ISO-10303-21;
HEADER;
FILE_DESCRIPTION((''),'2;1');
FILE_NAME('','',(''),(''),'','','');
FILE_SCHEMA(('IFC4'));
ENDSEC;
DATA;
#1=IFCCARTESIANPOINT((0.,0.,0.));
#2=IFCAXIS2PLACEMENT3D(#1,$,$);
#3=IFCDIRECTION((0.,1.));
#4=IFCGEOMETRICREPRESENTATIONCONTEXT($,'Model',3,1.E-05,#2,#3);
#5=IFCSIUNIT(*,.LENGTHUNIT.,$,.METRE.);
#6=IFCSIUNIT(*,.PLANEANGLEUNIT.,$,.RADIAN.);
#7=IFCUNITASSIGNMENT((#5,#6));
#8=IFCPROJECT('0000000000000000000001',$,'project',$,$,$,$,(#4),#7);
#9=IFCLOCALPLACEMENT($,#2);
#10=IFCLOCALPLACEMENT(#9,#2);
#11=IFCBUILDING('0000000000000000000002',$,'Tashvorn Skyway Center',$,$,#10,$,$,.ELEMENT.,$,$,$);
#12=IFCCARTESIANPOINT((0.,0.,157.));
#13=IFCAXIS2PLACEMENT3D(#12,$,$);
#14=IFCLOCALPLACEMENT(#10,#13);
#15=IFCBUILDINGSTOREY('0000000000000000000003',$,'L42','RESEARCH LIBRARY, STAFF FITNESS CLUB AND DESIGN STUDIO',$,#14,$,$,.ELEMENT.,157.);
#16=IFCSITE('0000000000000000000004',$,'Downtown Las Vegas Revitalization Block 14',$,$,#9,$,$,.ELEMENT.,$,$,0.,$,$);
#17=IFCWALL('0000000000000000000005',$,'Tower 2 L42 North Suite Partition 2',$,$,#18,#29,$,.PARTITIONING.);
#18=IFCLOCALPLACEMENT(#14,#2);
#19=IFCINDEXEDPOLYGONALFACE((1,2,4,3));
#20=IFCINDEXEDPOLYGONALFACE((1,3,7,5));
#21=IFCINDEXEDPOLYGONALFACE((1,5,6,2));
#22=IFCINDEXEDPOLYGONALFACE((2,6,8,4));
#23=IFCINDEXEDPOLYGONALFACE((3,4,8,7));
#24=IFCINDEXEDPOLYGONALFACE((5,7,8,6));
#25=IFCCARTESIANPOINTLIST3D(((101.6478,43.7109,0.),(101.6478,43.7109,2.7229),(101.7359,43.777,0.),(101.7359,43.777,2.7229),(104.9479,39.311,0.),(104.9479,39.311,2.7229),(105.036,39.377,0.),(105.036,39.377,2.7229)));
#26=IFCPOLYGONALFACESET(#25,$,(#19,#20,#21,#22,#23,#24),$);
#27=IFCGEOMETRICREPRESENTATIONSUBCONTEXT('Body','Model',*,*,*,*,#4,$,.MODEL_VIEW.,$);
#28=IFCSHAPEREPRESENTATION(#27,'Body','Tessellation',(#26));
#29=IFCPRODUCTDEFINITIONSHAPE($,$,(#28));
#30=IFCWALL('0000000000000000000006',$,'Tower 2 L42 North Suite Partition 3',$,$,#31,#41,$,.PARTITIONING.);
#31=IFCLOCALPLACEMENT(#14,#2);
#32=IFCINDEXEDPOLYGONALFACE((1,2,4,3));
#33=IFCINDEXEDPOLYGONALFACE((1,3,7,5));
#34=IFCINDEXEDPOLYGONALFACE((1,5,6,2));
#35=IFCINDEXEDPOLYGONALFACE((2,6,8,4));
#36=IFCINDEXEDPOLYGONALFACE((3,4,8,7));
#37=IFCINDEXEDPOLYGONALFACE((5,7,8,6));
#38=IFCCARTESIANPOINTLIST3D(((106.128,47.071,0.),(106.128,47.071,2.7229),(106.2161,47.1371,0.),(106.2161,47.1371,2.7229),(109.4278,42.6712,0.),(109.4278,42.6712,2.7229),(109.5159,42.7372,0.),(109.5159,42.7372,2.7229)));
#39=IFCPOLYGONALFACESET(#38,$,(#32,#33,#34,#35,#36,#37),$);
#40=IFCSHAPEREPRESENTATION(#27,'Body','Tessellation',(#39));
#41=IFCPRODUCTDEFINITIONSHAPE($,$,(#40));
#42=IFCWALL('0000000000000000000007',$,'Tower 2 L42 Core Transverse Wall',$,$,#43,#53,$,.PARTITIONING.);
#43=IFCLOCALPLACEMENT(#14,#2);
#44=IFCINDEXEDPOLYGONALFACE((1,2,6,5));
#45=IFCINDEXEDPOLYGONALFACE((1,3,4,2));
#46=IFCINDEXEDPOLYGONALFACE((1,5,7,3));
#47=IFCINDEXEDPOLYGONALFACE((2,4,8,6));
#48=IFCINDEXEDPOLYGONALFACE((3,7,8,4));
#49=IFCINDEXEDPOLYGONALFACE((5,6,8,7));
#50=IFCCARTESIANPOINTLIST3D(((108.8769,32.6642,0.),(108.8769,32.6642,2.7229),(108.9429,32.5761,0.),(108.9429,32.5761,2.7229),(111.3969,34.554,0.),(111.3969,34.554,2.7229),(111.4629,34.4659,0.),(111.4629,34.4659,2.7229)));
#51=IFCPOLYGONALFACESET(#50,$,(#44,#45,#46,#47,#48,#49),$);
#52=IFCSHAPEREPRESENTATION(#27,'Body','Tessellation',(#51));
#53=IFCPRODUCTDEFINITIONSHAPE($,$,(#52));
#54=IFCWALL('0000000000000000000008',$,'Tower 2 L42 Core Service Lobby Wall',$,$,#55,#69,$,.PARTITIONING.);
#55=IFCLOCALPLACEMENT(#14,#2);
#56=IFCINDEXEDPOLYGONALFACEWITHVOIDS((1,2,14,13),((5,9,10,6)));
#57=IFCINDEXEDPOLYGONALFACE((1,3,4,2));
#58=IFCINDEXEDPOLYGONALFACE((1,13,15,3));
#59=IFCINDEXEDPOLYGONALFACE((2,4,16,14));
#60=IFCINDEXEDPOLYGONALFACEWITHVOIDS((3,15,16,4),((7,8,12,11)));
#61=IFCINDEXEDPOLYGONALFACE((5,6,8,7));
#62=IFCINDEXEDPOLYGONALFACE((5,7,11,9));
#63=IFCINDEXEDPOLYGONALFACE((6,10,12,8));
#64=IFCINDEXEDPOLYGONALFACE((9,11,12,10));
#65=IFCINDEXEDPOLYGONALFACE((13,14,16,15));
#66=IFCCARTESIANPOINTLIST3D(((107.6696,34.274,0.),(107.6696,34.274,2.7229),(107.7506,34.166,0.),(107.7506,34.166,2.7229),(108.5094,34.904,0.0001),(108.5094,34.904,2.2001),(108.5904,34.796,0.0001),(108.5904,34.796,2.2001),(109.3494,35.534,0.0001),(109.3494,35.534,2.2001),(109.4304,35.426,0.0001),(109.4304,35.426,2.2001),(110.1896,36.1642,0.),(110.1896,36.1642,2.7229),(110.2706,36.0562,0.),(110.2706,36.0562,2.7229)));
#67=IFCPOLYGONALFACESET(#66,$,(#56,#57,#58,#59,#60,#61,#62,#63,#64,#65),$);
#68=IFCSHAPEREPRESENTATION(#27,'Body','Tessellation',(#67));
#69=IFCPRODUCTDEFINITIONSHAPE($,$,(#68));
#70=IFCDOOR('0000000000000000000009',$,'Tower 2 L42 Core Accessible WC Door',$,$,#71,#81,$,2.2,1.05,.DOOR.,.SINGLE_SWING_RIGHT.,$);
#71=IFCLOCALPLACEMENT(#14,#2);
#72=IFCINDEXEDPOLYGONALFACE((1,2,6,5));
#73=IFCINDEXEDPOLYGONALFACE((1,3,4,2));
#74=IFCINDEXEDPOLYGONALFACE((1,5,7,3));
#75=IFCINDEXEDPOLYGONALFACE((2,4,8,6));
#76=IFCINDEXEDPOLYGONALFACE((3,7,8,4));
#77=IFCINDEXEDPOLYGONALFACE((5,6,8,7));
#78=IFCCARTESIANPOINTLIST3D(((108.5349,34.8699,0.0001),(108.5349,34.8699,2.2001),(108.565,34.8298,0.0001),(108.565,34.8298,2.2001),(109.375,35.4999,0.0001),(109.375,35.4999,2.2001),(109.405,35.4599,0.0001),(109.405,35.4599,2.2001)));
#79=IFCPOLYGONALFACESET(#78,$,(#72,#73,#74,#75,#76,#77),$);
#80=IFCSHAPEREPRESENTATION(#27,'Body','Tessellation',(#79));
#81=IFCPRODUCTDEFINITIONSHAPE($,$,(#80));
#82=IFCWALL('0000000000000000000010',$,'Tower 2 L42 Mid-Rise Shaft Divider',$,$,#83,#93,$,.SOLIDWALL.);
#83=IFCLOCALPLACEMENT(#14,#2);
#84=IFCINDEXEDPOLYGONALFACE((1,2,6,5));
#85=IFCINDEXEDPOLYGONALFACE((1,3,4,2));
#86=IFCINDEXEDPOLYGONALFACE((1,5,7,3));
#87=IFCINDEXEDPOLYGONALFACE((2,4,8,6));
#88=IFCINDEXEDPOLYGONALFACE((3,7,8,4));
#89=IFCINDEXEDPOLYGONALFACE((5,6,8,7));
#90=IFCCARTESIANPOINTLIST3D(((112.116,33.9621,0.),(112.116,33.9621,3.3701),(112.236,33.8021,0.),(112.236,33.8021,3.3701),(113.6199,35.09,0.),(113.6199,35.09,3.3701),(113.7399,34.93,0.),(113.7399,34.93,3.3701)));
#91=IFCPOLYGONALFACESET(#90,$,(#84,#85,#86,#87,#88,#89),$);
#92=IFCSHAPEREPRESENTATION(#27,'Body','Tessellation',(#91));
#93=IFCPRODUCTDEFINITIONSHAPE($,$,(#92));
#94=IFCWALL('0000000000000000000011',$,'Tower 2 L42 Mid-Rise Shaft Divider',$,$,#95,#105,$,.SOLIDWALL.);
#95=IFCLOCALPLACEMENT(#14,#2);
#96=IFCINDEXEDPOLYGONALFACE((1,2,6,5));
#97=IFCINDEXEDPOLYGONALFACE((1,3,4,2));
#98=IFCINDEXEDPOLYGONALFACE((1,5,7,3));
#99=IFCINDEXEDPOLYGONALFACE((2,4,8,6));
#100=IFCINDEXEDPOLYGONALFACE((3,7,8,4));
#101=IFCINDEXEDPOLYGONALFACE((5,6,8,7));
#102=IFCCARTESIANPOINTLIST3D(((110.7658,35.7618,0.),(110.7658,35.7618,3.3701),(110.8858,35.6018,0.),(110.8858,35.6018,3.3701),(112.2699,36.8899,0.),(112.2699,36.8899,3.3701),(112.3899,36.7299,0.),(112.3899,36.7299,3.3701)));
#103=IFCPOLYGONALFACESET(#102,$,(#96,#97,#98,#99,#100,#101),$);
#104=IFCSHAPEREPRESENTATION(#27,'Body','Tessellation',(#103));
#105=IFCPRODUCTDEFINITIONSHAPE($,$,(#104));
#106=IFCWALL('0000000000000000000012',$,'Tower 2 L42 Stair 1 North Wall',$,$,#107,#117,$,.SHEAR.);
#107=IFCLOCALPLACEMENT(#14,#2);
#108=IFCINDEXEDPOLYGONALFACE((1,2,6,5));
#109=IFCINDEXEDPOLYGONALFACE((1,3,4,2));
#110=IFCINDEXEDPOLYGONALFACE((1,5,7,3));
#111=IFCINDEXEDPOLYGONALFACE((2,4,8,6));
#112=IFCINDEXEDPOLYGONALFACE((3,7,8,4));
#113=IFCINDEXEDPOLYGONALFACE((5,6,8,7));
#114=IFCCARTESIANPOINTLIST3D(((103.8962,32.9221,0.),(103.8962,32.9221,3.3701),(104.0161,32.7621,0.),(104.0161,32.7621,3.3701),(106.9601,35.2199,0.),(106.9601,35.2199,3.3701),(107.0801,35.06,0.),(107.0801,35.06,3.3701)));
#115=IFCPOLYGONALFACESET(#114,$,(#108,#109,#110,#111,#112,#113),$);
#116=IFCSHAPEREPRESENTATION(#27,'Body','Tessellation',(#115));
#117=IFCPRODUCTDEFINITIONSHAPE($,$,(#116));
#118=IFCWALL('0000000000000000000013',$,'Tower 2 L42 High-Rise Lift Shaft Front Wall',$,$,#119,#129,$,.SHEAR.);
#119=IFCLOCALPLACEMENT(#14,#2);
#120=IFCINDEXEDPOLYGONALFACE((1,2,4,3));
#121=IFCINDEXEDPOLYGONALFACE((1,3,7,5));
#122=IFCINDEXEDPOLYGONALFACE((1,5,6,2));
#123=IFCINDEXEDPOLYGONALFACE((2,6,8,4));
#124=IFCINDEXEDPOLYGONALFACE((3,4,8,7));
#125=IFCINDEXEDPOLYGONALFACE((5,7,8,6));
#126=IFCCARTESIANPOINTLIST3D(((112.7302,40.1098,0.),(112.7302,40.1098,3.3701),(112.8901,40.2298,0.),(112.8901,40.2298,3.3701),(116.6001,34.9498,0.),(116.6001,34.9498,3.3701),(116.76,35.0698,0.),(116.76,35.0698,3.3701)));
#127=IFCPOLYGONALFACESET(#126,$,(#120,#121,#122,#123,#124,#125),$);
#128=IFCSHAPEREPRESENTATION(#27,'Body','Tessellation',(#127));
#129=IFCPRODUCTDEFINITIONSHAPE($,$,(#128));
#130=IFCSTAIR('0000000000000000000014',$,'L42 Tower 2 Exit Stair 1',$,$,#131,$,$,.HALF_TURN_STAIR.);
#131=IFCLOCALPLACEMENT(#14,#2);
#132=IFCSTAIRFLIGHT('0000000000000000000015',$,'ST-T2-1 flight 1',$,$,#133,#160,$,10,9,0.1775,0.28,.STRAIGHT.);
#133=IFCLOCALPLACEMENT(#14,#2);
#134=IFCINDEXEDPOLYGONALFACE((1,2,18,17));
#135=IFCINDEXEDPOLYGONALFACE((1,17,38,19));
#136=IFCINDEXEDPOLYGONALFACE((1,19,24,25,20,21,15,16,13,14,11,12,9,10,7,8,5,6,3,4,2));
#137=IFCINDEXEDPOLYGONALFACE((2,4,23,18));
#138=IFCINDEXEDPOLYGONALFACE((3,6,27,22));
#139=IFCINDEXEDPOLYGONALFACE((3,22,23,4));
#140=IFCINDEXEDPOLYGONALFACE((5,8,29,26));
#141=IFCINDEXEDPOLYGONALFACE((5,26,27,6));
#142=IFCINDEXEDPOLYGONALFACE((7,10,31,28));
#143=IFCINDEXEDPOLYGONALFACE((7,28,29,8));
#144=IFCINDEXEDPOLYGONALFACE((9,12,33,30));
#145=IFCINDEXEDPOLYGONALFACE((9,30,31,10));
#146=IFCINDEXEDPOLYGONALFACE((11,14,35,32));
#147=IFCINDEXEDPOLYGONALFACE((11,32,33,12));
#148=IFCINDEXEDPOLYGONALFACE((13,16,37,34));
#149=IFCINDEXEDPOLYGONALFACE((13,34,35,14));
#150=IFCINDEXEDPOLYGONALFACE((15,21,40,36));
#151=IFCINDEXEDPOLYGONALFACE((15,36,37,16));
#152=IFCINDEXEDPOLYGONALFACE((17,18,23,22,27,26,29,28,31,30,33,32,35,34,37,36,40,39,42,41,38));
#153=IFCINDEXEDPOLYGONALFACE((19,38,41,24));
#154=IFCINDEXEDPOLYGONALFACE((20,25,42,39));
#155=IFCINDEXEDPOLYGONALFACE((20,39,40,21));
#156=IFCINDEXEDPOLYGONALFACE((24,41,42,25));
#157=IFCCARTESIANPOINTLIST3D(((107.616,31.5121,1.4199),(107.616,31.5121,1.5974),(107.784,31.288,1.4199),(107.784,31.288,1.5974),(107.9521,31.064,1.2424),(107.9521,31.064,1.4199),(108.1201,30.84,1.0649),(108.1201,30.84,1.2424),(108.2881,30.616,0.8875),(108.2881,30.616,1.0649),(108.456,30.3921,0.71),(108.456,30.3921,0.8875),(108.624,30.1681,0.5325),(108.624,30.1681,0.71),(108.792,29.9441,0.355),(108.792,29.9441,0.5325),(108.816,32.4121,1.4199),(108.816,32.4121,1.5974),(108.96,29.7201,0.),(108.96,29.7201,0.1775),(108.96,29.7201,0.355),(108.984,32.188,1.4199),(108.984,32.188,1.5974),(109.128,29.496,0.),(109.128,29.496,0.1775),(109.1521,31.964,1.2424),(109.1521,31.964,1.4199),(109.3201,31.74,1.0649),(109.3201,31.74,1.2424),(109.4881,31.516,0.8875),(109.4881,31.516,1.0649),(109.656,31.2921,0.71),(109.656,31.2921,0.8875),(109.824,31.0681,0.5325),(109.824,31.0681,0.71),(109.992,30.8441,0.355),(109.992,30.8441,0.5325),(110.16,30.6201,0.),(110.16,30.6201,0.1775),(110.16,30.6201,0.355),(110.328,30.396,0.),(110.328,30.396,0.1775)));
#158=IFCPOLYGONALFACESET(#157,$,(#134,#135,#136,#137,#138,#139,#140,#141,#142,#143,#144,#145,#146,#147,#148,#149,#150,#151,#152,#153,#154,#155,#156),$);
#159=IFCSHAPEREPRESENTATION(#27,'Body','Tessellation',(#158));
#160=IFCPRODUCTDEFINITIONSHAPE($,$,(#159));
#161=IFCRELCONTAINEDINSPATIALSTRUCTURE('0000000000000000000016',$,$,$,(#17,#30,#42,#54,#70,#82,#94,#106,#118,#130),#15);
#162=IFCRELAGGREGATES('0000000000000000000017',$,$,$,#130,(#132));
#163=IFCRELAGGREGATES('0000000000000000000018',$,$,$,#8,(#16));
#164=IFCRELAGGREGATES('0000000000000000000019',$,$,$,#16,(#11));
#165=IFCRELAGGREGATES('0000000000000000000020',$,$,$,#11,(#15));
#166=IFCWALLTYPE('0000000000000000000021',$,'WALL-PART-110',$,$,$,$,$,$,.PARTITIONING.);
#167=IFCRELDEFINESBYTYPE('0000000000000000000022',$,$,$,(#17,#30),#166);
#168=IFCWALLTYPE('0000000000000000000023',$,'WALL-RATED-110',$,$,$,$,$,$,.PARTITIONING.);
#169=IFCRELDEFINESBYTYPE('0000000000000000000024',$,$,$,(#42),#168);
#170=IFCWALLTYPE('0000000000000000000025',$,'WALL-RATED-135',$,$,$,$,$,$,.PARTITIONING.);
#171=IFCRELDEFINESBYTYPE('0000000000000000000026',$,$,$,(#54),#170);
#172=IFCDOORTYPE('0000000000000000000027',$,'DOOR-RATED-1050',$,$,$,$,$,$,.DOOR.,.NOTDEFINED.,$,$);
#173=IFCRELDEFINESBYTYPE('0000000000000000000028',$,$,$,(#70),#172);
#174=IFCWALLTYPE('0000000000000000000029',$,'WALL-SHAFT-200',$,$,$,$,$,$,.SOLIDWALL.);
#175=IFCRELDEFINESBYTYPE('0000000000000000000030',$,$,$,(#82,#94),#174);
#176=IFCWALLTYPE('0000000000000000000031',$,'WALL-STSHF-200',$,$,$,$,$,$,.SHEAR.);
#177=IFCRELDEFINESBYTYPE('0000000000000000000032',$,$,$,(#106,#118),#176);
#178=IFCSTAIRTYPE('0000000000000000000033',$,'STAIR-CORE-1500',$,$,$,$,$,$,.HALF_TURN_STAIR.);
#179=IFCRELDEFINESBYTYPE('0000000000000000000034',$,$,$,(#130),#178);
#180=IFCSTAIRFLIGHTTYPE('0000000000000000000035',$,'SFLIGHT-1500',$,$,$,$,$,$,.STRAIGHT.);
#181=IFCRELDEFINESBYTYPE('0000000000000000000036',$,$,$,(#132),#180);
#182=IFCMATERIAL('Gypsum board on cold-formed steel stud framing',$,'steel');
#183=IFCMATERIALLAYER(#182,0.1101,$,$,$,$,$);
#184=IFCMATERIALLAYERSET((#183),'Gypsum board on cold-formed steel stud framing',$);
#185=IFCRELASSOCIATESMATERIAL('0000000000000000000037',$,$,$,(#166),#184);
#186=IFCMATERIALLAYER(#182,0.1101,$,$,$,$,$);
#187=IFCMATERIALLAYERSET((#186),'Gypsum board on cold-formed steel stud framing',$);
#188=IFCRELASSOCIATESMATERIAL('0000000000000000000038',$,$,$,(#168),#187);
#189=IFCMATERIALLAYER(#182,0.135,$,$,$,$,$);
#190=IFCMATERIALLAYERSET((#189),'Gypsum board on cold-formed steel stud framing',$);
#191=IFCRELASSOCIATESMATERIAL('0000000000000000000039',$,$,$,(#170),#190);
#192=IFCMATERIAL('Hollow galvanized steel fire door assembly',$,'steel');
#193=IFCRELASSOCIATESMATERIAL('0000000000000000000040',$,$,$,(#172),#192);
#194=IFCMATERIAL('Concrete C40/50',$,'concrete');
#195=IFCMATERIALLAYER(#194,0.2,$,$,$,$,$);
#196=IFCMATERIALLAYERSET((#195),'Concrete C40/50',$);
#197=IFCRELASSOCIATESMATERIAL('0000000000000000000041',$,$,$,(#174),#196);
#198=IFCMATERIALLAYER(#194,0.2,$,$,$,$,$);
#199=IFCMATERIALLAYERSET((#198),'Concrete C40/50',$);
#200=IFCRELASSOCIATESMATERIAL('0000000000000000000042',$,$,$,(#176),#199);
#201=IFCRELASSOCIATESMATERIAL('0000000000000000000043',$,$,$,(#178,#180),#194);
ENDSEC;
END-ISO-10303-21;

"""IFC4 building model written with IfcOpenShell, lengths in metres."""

from ifc_helpers import new_model, si_unit, direction, frame, frame_2d, origin, place, context, subcontext, project, spatial, polyline, rectangle, outline, extrude, material, layer, layer_set, type_object, element, fill, aggregate, save


model = new_model("IFC4")

# Units and contexts
model_context = context("Model", 3, precision=1e-05, world=origin(), true_north=direction((0.0, 1.0)))
body_context = subcontext(model_context, "Body", "Model", "MODEL_VIEW")
ifc_project = project(units=[si_unit("LENGTHUNIT", "METRE"), si_unit("PLANEANGLEUNIT", "RADIAN")], contexts=[model_context])

# Site, building, storey
site_placement = place(None, origin())
site = spatial("IfcSite", under=ifc_project, at=site_placement, Name="Downtown Las Vegas Revitalization Block 14", CompositionType="ELEMENT", RefElevation=0.0)
building_placement = place(site_placement, origin())
building = spatial("IfcBuilding", under=site, at=building_placement, Name="Tashvorn Skyway Center", CompositionType="ELEMENT")
storey_placement = place(building_placement, frame((0.0, 0.0, 157.0)))
storey = spatial("IfcBuildingStorey", under=building, at=storey_placement, Name="L42", Description="RESEARCH LIBRARY, STAFF FITNESS CLUB AND DESIGN STUDIO", CompositionType="ELEMENT", Elevation=157.0)

# Shared definitions
ifc_material_1 = material(Name="Concrete C40/50", Category="concrete")
ifc_material_2 = material(Name="Hollow galvanized steel fire door assembly", Category="steel")

# Walls
ifc_material_3 = material(Name="Gypsum board on cold-formed steel stud framing", Category="steel")
ifc_layer_1 = layer(ifc_material_3, 0.1101)
ifc_layer_set_1 = layer_set([ifc_layer_1], Name="Gypsum board on cold-formed steel stud framing")
wall_type_1 = type_object("IfcWallType", Name="WALL-PART-110", PredefinedType="PARTITIONING", material=ifc_layer_set_1)
wall_1_placement = place(storey_placement, frame((104.9919, 39.344, 0.0), z_axis=(0.0, 0.0, 1.0), x_axis=(-0.600014, 0.799989, 0.0)))
element("IfcWall", 1, at=wall_1_placement, inside=storey, type_object=wall_type_1, Name="Tower 2 L42 North Suite Partition 2", PredefinedType="PARTITIONING", context=body_context, shape_type="SweptSolid", body=[
    extrude(rectangle(XDim=5.5, YDim=0.1101, at=frame_2d((2.75, 0.0))), origin(), (0.0, 0.0, 1.0), 2.7229),
])
wall_2_placement = place(storey_placement, frame((109.4719, 42.7041, 0.0), z_axis=(0.0, 0.0, 1.0), x_axis=(-0.599986, 0.800011, 0.0)))
element("IfcWall", 2, at=wall_2_placement, inside=storey, type_object=wall_type_1, Name="Tower 2 L42 North Suite Partition 3", PredefinedType="PARTITIONING", context=body_context, shape_type="SweptSolid", body=[
    extrude(rectangle(XDim=5.4998, YDim=0.1101, at=frame_2d((2.75, 0.0))), origin(), (0.0, 0.0, 1.0), 2.7229),
])
ifc_layer_2 = layer(ifc_material_3, 0.1101)
ifc_layer_set_2 = layer_set([ifc_layer_2], Name="Gypsum board on cold-formed steel stud framing")
wall_type_2 = type_object("IfcWallType", Name="WALL-RATED-110", PredefinedType="PARTITIONING", material=ifc_layer_set_2)
wall_3_placement = place(storey_placement, frame((108.9099, 32.6201, 0.0), z_axis=(0.0, 0.0, 1.0), x_axis=(0.800019, 0.599975, 0.0)))
element("IfcWall", 3, at=wall_3_placement, inside=storey, type_object=wall_type_2, Name="Tower 2 L42 Core Transverse Wall", PredefinedType="PARTITIONING", context=body_context, shape_type="SweptSolid", body=[
    extrude(rectangle(XDim=3.1499, YDim=0.1101, at=frame_2d((1.575, 0.0))), origin(), (0.0, 0.0, 1.0), 2.7229),
])

# Wall, opening, door
ifc_layer_3 = layer(ifc_material_3, 0.135)
ifc_layer_set_3 = layer_set([ifc_layer_3], Name="Gypsum board on cold-formed steel stud framing")
wall_type_3 = type_object("IfcWallType", Name="WALL-RATED-135", PredefinedType="PARTITIONING", material=ifc_layer_set_3)
wall_4_placement = place(storey_placement, frame((107.71, 34.22, 0.0), z_axis=(0.0, 0.0, 1.0), x_axis=(0.799981, 0.600025, 0.0)))
wall_4 = element("IfcWall", 4, at=wall_4_placement, inside=storey, type_object=wall_type_3, Name="Tower 2 L42 Core Service Lobby Wall", PredefinedType="PARTITIONING", context=body_context, shape_type="SweptSolid", body=[
    extrude(rectangle(XDim=3.1501, YDim=0.135, at=frame_2d((1.5752, 0.0))), origin(), (0.0, 0.0, 1.0), 2.7229),
])
opening_1_placement = place(wall_4_placement, frame((1.05, 0.0, 0.0)))
opening_1 = element("IfcOpeningElement", 5, at=opening_1_placement, cuts=wall_4, PredefinedType="OPENING", context=body_context, shape_type="SweptSolid", body=[
    extrude(rectangle(XDim=1.05, YDim=2.2, at=frame_2d((0.5249, 1.1001))), frame((0.0, 0.0774, 0.0), z_axis=(0.0, -1.0, 0.0), x_axis=(1.0, 0.0, 0.0)), (0.0, 0.0, 1.0), 0.155),
])
door_type_1 = type_object("IfcDoorType", Name="DOOR-RATED-1050", OperationType="NOTDEFINED", PredefinedType="DOOR", material=ifc_material_2)
door_1_placement = place(opening_1_placement, origin())
door_1 = element("IfcDoor", 6, at=door_1_placement, inside=storey, type_object=door_type_1, Name="Tower 2 L42 Core Accessible WC Door", OperationType="SINGLE_SWING_RIGHT", OverallHeight=2.2, OverallWidth=1.05, PredefinedType="DOOR", context=body_context, shape_type="SweptSolid", body=[
    extrude(rectangle(XDim=1.05, YDim=2.2, at=frame_2d((0.5249, 1.1001))), frame((0.0, 0.0249, 0.0), z_axis=(0.0, -1.0, 0.0), x_axis=(1.0, 0.0, 0.0)), (0.0, 0.0, 1.0), 0.05),
])
fill(opening_1, door_1)

# Walls
ifc_layer_4 = layer(ifc_material_1, 0.2)
ifc_layer_set_4 = layer_set([ifc_layer_4], Name="Concrete C40/50")
wall_type_4 = type_object("IfcWallType", Name="WALL-SHAFT-200", PredefinedType="SOLIDWALL", material=ifc_layer_set_4)
wall_5_placement = place(storey_placement, frame((112.176, 33.8821, 0.0), z_axis=(0.0, 0.0, 1.0), x_axis=(0.8, 0.6, 0.0)))
element("IfcWall", 7, at=wall_5_placement, inside=storey, type_object=wall_type_4, Name="Tower 2 L42 Mid-Rise Shaft Divider", PredefinedType="SOLIDWALL", context=body_context, shape_type="SweptSolid", body=[
    extrude(rectangle(XDim=1.8799, YDim=0.2, at=frame_2d((0.9399, 0.0))), origin(), (0.0, 0.0, 1.0), 3.3701),
])
wall_6_placement = place(storey_placement, frame((110.8259, 35.6819, 0.0), z_axis=(0.0, 0.0, 1.0), x_axis=(0.799984, 0.600021, 0.0)))
element("IfcWall", 8, at=wall_6_placement, inside=storey, type_object=wall_type_4, Name="Tower 2 L42 Mid-Rise Shaft Divider", PredefinedType="SOLIDWALL", context=body_context, shape_type="SweptSolid", body=[
    extrude(rectangle(XDim=1.8801, YDim=0.2, at=frame_2d((0.9399, 0.0))), origin(), (0.0, 0.0, 1.0), 3.3701),
])
ifc_layer_5 = layer(ifc_material_1, 0.2)
ifc_layer_set_5 = layer_set([ifc_layer_5], Name="Concrete C40/50")
wall_type_5 = type_object("IfcWallType", Name="WALL-STSHF-200", PredefinedType="SHEAR", material=ifc_layer_set_5)
wall_7_placement = place(storey_placement, frame((103.9561, 32.842, 0.0), z_axis=(0.0, 0.0, 1.0), x_axis=(0.800015, 0.59998, 0.0)))
element("IfcWall", 9, at=wall_7_placement, inside=storey, type_object=wall_type_5, Name="Tower 2 L42 Stair 1 North Wall", PredefinedType="SHEAR", context=body_context, shape_type="SweptSolid", body=[
    extrude(rectangle(XDim=3.8298, YDim=0.2, at=frame_2d((1.915, 0.0))), origin(), (0.0, 0.0, 1.0), 3.3701),
])
wall_8_placement = place(storey_placement, frame((112.8101, 40.1699, 0.0), z_axis=(0.0, 0.0, 1.0), x_axis=(0.599994, -0.800005, 0.0)))
element("IfcWall", 10, at=wall_8_placement, inside=storey, type_object=wall_type_5, Name="Tower 2 L42 High-Rise Lift Shaft Front Wall", PredefinedType="SHEAR", context=body_context, shape_type="SweptSolid", body=[
    extrude(rectangle(XDim=6.45, YDim=0.2, at=frame_2d((3.2251, 0.0))), origin(), (0.0, 0.0, 1.0), 3.3701),
])

# Stair, stair flight
stair_type = type_object("IfcStairType", Name="STAIR-CORE-1500", PredefinedType="HALF_TURN_STAIR", material=ifc_material_1)
stair_placement = place(storey_placement, origin())
stair = element("IfcStair", 11, at=stair_placement, inside=storey, type_object=stair_type, Name="L42 Tower 2 Exit Stair 1", PredefinedType="HALF_TURN_STAIR")
stair_flight_type = type_object("IfcStairFlightType", Name="SFLIGHT-1500", PredefinedType="STRAIGHT", material=ifc_material_1)
stair_flight_1_placement = place(storey_placement, frame((109.728, 29.946, 0.0), z_axis=(0.0, 0.0, 1.0), x_axis=(-0.6, 0.8, 0.0)))
stair_flight_1 = element("IfcStairFlight", 12, at=stair_flight_1_placement, type_object=stair_flight_type, Name="ST-T2-1 flight 1", NumberOfRisers=10, NumberOfTreads=9, PredefinedType="STRAIGHT", RiserHeight=0.1775, TreadLength=0.28, context=body_context, shape_type="SweptSolid", body=[
    extrude(outline(polyline([(0.0, 0.0), (0.0, 0.1775), (0.28, 0.1775), (0.28, 0.355), (0.5601, 0.355), (0.5601, 0.5325), (0.8401, 0.5325), (0.8401, 0.71), (1.1201, 0.71), (1.1201, 0.8875), (1.3999, 0.8875), (1.3999, 1.0649), (1.6799, 1.0649), (1.6799, 1.2424), (1.96, 1.2424), (1.96, 1.4199), (2.24, 1.4199), (2.24, 1.5974), (2.52, 1.5974), (2.52, 1.7749), (2.52, 1.4199), (0.28, 0.0), (0.0, 0.0)])), frame((0.0, 0.75, 0.0), z_axis=(0.0, -1.0, 0.0), x_axis=(1.0, 0.0, 0.0)), (0.0, 0.0, 1.0), 1.5),
])
aggregate(stair, [stair_flight_1])

save(model, "model.ifc")
